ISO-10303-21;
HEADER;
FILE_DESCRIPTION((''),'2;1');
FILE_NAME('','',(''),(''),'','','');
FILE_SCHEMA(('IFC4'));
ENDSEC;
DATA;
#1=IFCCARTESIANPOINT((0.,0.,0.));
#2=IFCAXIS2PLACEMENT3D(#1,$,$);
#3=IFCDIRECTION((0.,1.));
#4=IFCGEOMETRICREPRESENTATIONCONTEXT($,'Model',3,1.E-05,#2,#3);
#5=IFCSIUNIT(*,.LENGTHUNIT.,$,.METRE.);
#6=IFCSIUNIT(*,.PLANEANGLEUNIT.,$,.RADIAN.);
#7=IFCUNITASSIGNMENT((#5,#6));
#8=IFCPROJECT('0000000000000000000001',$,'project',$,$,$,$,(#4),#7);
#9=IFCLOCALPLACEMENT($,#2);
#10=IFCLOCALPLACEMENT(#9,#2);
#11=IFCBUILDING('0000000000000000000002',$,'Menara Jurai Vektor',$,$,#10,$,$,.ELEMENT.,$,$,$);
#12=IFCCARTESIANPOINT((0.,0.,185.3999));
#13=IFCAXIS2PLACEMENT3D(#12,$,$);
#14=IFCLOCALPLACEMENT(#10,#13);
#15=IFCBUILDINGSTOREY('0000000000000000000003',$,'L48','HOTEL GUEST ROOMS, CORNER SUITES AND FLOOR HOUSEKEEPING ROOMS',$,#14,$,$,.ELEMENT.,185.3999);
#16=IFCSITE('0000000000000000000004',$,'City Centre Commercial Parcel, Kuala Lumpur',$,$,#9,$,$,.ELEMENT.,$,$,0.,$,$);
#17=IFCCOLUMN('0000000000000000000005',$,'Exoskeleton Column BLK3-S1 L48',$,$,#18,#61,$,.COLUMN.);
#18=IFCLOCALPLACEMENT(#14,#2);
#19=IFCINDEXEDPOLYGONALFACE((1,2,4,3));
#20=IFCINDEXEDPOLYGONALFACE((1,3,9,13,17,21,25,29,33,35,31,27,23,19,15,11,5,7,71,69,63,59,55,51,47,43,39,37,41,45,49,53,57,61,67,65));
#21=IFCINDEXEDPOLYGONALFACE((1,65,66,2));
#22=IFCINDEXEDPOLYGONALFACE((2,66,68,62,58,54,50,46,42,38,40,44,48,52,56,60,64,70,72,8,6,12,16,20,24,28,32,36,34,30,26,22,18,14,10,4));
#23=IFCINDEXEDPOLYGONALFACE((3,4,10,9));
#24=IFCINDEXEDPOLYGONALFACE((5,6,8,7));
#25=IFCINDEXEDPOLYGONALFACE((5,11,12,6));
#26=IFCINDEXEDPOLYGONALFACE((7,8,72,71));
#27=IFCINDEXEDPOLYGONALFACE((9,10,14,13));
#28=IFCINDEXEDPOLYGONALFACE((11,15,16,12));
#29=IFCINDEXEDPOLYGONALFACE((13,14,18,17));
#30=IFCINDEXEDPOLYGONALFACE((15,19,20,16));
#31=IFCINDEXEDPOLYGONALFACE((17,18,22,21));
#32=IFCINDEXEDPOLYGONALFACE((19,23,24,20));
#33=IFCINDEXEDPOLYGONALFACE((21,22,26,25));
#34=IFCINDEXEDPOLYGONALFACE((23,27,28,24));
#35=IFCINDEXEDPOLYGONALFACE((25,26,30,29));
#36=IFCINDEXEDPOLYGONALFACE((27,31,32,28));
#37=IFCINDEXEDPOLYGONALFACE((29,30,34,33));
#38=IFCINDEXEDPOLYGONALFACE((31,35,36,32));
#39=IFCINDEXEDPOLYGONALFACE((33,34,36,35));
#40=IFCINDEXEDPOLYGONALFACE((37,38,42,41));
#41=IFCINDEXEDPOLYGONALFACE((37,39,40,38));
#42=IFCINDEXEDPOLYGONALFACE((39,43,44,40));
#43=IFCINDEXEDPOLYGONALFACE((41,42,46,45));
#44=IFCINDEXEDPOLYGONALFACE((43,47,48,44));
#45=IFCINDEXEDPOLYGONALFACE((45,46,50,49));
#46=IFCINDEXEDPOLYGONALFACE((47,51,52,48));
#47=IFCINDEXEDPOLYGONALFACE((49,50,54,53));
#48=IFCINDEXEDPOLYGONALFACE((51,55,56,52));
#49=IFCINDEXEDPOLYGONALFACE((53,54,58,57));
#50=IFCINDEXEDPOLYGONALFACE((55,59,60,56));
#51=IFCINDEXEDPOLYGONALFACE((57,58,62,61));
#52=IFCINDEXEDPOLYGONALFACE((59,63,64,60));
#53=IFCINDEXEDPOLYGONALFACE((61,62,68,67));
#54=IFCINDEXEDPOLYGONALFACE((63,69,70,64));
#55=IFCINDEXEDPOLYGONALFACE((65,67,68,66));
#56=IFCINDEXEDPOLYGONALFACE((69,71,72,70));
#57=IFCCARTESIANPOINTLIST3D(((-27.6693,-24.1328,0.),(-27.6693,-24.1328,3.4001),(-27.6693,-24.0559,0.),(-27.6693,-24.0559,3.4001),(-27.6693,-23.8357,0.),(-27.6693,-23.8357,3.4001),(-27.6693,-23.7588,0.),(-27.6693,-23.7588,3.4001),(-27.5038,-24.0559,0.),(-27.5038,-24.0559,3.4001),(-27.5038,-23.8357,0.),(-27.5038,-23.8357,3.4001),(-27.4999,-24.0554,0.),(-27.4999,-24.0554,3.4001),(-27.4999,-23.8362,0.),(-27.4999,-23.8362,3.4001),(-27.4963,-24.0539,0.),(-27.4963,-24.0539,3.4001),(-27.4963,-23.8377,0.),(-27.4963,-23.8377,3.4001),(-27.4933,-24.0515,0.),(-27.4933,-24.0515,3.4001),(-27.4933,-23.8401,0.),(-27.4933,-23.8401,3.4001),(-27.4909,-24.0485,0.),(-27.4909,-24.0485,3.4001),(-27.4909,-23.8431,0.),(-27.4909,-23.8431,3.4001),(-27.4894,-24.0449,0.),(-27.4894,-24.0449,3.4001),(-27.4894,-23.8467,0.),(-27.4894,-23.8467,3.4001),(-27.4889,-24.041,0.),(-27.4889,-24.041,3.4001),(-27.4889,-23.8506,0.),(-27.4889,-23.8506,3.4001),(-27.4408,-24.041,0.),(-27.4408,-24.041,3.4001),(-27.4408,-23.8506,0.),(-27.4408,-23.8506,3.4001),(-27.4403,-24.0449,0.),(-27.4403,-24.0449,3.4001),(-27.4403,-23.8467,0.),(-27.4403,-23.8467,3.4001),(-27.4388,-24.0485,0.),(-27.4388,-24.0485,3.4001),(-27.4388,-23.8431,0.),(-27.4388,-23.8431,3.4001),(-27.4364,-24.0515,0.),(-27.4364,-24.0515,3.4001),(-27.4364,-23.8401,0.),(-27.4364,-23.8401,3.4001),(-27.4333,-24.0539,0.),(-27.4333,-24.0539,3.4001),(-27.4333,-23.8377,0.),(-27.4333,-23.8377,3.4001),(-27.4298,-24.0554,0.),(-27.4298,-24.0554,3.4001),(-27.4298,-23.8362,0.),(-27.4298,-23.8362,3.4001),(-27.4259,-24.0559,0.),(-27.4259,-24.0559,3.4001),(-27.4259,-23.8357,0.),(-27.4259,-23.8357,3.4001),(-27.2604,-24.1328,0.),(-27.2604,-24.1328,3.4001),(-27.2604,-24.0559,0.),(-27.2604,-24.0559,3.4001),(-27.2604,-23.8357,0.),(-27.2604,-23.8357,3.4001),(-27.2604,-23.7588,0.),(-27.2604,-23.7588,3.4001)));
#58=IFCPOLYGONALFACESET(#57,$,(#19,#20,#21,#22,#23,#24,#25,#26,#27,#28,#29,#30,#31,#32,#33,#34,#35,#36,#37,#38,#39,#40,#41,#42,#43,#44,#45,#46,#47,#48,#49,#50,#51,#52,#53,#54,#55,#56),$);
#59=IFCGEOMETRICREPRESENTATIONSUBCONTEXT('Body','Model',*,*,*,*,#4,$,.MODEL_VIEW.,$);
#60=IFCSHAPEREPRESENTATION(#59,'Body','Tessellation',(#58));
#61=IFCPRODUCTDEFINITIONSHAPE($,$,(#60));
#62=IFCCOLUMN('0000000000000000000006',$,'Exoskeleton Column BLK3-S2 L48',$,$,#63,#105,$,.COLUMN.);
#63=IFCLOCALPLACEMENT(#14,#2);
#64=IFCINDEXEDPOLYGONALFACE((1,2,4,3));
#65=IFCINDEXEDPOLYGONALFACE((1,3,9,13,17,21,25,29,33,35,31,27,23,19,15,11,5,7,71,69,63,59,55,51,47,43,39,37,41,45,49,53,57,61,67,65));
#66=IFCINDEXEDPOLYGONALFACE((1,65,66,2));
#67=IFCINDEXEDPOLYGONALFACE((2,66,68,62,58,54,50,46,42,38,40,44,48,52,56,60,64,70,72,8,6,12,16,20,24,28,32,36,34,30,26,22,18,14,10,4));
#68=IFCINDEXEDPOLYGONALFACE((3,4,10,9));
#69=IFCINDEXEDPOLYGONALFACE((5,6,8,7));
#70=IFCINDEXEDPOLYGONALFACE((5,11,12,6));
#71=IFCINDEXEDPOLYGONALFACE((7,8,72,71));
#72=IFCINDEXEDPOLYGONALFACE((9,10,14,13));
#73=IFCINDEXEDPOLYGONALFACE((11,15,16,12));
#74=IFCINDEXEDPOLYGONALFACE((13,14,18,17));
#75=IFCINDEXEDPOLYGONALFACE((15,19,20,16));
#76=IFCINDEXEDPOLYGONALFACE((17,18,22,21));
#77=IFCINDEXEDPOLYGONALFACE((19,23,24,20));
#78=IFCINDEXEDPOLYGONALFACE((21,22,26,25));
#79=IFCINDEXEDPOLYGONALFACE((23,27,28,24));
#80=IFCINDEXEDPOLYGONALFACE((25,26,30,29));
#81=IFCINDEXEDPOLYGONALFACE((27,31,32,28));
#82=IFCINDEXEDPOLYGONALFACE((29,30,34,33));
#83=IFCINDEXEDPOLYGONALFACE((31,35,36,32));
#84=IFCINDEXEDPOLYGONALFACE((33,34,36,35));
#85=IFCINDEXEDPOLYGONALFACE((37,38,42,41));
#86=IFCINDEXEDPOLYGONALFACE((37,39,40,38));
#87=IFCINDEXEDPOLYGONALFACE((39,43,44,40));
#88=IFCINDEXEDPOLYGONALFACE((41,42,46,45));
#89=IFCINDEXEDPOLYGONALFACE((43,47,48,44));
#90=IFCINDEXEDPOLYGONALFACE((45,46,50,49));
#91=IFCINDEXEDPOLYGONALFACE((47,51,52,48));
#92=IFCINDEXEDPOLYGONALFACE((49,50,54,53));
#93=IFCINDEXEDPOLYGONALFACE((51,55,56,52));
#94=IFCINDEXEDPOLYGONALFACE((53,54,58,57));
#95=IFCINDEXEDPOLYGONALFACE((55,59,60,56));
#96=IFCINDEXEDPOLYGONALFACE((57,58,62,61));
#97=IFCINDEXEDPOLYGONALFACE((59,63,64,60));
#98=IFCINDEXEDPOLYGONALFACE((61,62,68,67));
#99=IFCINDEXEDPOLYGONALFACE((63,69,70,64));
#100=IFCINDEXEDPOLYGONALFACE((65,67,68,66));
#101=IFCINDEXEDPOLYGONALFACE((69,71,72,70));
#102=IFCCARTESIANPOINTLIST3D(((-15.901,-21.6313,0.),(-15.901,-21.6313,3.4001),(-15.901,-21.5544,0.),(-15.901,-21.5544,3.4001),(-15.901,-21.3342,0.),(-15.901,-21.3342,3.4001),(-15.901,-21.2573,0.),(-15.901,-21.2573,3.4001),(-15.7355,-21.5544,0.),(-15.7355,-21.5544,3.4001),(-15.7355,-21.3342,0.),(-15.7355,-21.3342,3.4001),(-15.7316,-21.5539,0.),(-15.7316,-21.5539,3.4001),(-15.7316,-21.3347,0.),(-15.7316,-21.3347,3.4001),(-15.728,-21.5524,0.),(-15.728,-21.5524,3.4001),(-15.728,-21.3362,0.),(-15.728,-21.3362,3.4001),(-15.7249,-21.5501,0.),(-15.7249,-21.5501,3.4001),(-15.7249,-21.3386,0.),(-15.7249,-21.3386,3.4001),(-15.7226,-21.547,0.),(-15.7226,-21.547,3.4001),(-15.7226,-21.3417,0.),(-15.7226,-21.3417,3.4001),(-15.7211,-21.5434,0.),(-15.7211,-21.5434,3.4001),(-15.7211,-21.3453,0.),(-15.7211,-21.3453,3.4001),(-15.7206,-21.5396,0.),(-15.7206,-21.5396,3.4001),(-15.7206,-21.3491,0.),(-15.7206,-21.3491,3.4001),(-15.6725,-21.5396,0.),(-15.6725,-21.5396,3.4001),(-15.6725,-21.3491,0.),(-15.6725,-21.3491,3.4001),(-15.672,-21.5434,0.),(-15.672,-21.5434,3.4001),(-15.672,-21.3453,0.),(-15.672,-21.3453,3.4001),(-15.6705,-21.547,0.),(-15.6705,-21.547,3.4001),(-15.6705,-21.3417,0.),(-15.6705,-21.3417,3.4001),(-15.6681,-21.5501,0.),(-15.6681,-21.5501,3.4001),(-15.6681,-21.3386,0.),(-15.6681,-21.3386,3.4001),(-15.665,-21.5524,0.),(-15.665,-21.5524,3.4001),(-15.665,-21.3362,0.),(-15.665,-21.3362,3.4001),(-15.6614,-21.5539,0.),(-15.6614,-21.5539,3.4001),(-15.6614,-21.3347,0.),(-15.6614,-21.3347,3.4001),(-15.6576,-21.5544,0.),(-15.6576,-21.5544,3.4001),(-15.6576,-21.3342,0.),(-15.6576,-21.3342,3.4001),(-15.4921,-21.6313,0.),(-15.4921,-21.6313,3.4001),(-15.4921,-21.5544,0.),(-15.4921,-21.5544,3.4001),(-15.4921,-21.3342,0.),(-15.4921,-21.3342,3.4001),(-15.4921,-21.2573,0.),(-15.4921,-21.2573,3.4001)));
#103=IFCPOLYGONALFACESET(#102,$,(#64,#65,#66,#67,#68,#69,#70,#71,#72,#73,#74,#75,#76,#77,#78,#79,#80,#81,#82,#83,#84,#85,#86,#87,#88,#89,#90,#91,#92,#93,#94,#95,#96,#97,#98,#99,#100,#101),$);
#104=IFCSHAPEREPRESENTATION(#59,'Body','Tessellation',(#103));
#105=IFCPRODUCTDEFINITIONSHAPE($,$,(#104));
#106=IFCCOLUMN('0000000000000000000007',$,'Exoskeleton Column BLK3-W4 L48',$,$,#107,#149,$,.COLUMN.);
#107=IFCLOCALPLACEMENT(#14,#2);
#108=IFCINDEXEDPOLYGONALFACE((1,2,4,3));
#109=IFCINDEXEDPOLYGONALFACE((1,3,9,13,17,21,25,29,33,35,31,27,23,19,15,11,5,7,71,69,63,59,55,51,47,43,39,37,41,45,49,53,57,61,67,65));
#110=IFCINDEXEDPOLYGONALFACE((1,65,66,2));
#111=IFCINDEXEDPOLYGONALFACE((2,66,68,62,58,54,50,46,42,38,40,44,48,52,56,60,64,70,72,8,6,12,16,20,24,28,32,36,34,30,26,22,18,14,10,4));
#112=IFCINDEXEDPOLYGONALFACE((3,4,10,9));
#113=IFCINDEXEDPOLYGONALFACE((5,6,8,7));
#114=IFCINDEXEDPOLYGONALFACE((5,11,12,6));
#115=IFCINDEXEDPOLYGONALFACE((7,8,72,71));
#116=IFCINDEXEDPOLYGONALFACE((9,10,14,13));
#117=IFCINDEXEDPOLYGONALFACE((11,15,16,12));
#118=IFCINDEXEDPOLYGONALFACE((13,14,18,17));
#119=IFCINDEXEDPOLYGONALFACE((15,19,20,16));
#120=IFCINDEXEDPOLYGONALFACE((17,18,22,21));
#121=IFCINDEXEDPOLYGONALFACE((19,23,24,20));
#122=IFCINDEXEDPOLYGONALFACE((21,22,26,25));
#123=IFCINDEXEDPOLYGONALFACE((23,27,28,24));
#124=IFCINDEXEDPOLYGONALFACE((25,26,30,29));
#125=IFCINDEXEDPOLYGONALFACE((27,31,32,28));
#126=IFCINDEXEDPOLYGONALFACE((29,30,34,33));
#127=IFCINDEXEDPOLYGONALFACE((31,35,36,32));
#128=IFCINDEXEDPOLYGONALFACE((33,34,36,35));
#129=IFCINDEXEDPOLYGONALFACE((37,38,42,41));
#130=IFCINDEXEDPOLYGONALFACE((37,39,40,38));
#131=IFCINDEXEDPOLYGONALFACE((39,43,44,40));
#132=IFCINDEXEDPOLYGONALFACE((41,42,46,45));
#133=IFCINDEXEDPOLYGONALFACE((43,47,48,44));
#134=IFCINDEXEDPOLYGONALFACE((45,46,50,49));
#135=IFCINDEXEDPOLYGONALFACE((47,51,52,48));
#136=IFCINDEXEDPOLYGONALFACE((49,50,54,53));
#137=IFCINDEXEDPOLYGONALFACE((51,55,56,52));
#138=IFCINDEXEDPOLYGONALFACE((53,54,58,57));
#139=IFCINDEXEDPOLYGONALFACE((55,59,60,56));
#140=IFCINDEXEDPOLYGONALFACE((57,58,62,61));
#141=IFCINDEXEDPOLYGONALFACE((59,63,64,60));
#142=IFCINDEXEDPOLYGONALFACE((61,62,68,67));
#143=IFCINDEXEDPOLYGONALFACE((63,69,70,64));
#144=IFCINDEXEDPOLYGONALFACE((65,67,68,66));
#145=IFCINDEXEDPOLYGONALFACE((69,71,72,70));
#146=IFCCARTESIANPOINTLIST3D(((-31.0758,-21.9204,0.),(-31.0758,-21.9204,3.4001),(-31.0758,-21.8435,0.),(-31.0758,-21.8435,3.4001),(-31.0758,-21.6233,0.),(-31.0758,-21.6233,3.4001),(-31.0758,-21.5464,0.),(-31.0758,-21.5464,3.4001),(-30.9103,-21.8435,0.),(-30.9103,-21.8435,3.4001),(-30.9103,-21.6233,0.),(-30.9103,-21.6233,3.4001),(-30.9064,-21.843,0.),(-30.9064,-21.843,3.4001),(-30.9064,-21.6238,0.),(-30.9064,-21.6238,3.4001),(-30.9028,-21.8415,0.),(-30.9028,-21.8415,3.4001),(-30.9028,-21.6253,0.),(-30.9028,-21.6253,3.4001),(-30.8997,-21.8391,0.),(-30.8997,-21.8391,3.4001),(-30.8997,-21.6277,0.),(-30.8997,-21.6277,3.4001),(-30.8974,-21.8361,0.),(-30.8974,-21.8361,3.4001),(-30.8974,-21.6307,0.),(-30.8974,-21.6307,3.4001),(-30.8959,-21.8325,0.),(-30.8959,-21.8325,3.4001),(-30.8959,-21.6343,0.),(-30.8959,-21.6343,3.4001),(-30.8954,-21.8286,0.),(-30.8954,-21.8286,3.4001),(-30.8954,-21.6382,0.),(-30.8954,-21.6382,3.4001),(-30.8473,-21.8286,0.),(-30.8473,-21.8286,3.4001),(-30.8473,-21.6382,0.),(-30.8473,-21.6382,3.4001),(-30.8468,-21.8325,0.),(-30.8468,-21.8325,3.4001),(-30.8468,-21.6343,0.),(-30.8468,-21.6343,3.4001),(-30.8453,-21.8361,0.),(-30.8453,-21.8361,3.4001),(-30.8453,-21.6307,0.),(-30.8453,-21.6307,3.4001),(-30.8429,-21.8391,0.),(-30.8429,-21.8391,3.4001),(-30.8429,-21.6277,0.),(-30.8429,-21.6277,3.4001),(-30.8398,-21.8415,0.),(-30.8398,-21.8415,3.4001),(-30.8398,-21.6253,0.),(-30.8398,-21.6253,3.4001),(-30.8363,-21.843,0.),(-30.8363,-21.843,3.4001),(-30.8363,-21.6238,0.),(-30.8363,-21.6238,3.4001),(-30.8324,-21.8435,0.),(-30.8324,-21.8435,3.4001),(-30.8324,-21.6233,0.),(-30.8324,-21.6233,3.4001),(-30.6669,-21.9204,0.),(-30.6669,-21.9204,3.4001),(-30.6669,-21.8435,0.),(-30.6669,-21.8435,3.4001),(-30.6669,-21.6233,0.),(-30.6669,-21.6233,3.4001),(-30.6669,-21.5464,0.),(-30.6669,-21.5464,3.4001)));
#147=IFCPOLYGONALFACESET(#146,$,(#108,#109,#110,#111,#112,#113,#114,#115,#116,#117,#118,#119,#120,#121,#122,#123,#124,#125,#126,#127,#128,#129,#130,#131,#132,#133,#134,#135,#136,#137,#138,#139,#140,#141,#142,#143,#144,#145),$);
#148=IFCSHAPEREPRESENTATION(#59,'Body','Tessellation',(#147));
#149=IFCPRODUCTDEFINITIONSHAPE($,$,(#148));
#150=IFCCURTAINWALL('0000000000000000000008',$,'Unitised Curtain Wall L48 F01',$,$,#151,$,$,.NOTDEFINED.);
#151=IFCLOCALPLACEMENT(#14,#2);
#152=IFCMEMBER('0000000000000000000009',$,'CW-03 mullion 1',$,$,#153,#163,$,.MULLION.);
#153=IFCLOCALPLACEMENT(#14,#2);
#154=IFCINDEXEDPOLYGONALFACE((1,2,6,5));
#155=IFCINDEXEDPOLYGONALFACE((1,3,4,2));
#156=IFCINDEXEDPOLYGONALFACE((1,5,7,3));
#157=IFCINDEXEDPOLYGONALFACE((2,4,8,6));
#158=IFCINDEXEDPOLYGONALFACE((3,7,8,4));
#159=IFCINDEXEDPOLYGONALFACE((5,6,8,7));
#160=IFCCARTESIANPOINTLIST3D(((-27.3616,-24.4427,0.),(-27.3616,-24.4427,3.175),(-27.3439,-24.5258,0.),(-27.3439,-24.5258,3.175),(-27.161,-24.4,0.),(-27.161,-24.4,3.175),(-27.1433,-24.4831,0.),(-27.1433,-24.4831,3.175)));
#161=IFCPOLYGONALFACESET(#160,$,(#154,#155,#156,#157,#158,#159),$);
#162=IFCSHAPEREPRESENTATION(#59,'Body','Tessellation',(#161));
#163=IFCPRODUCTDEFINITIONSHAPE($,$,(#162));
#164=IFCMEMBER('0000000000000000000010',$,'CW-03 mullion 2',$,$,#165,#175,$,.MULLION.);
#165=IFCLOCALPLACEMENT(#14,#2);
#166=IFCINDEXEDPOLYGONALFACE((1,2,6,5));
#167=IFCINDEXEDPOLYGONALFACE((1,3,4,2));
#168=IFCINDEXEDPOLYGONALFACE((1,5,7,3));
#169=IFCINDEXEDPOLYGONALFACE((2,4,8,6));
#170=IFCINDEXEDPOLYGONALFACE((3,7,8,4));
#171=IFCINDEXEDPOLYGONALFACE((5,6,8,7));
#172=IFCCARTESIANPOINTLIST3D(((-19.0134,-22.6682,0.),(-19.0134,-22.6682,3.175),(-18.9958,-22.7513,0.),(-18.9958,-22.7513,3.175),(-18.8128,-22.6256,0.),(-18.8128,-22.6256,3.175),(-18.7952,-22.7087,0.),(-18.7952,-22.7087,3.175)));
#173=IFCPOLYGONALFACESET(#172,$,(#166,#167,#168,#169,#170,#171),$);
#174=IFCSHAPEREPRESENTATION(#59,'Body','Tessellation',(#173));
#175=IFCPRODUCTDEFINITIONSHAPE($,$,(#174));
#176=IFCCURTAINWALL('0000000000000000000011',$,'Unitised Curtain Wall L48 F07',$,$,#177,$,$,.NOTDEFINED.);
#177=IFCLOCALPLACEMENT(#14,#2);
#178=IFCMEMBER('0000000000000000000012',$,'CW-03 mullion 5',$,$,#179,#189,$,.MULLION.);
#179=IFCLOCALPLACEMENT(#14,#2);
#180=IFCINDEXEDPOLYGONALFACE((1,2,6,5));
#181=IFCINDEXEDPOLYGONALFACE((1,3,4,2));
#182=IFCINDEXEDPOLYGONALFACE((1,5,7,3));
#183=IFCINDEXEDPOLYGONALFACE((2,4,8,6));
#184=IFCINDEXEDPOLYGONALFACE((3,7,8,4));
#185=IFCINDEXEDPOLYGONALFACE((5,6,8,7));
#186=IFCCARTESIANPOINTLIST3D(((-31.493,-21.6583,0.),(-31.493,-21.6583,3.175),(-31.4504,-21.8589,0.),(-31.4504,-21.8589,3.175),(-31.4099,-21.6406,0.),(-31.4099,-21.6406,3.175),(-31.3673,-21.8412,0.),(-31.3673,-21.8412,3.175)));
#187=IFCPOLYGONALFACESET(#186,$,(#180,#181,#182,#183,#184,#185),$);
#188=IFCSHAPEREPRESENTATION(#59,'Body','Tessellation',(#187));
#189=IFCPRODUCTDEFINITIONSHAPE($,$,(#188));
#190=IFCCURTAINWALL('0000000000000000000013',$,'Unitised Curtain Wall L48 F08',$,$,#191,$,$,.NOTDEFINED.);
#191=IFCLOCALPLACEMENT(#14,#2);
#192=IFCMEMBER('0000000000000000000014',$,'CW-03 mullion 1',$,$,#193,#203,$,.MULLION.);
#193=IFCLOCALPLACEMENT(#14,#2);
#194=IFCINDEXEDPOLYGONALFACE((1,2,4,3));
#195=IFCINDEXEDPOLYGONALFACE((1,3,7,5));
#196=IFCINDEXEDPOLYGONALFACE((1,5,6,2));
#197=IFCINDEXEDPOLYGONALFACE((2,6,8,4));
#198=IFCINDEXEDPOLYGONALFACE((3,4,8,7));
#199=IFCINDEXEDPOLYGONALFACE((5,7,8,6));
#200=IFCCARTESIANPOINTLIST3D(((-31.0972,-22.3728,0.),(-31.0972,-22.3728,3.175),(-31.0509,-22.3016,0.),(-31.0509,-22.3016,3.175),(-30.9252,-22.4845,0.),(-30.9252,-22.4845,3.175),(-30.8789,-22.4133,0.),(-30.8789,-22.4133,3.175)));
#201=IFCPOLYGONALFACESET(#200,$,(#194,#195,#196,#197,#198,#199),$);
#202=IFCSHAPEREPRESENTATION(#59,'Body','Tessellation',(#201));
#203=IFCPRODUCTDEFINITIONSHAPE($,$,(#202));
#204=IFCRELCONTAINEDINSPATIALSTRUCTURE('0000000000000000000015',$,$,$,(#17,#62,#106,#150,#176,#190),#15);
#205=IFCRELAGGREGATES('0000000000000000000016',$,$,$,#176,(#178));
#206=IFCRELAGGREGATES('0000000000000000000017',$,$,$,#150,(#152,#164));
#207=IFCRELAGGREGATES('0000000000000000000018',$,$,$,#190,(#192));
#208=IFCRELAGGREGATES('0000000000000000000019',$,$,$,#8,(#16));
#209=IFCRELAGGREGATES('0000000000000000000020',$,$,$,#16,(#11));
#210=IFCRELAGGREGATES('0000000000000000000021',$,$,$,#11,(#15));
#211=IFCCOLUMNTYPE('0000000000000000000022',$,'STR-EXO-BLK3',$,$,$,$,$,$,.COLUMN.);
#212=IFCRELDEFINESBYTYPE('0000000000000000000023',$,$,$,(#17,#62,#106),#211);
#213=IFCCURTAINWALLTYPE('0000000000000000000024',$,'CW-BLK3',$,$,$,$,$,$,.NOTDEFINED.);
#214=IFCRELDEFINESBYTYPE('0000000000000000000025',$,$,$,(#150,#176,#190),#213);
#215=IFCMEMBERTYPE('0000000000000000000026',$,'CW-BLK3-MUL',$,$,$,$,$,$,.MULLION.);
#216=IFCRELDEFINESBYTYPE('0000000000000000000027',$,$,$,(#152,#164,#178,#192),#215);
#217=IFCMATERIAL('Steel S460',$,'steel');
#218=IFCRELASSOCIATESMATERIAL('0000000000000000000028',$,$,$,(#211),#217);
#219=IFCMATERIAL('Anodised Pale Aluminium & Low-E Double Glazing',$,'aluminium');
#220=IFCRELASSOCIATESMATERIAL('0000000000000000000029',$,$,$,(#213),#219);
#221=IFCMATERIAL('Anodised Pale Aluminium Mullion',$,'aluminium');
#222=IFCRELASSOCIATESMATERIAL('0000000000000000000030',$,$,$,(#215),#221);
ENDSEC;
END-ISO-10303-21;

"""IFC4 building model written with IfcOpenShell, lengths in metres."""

from ifc_helpers import new_model, si_unit, direction, frame, origin, origin_2d, place, context, subcontext, project, spatial, rectangle, i_section, extrude, material, material_profile, profile_set, type_object, element, aggregate, save


model = new_model("IFC4")

# Units and contexts
model_context = context("Model", 3, precision=1e-05, world=origin(), true_north=direction((0.0, 1.0)))
body_context = subcontext(model_context, "Body", "Model", "MODEL_VIEW")
ifc_project = project(units=[si_unit("LENGTHUNIT", "METRE"), si_unit("PLANEANGLEUNIT", "RADIAN")], contexts=[model_context])

# Site, building, storey
site_placement = place(None, origin())
site = spatial("IfcSite", under=ifc_project, at=site_placement, Name="City Centre Commercial Parcel, Kuala Lumpur", CompositionType="ELEMENT", RefElevation=0.0)
building_placement = place(site_placement, origin())
building = spatial("IfcBuilding", under=site, at=building_placement, Name="Menara Jurai Vektor", CompositionType="ELEMENT")
storey_placement = place(building_placement, frame((0.0, 0.0, 185.3999)))
storey = spatial("IfcBuildingStorey", under=building, at=storey_placement, Name="L48", Description="HOTEL GUEST ROOMS, CORNER SUITES AND FLOOR HOUSEKEEPING ROOMS", CompositionType="ELEMENT", Elevation=185.3999)

# Columns
ifc_material_1 = material(Name="Steel S460", Category="steel")
ifc_material_profile_1 = material_profile(ifc_material_1, i_section(OverallWidth=0.4089, OverallDepth=0.374, WebThickness=0.0481, FlangeThickness=0.0769, FilletRadius=0.0149, at=origin_2d()), Name="HD 400x634")
ifc_profile_set_1 = profile_set([ifc_material_profile_1], Name="Steel S460")
column_type = type_object("IfcColumnType", Name="STR-EXO-BLK3", PredefinedType="COLUMN", material=ifc_profile_set_1)
for number, where, z_axis, x_axis, name in (
    (1, (-27.4648, -23.9458, 0.0), (0.0, 0.0, 1.0), (1.0, 0.0, 0.0), "Exoskeleton Column BLK3-S1 L48"),
    (2, (-15.6965, -21.4443, 0.0), (0.0, 0.0, 1.0), (1.0, 0.0, 0.0), "Exoskeleton Column BLK3-S2 L48"),
    (3, (-30.8713, -21.7334, 0.0), (0.0, 0.0, 1.0), (1.0, 0.0, 0.0), "Exoskeleton Column BLK3-W4 L48"),
):
    element("IfcColumn", number, at=place(storey_placement, frame(where, z_axis=z_axis, x_axis=x_axis)), inside=storey, type_object=column_type, Name=name, PredefinedType="COLUMN", context=body_context, shape_type="SweptSolid", body=[
        extrude(i_section(OverallWidth=0.4089, OverallDepth=0.374, WebThickness=0.0481, FlangeThickness=0.0769, FilletRadius=0.0149, at=origin_2d()), origin(), (0.0, 0.0, 1.0), 3.4001),
    ])

# Curtain wall, members
ifc_material_2 = material(Name="Anodised Pale Aluminium & Low-E Double Glazing", Category="aluminium")
curtain_wall_type = type_object("IfcCurtainWallType", Name="CW-BLK3", PredefinedType="NOTDEFINED", material=ifc_material_2)
curtain_wall_1_placement = place(storey_placement, origin())
curtain_wall_1 = element("IfcCurtainWall", 4, at=curtain_wall_1_placement, inside=storey, type_object=curtain_wall_type, Name="Unitised Curtain Wall L48 F01", PredefinedType="NOTDEFINED")
ifc_material_3 = material(Name="Anodised Pale Aluminium Mullion", Category="aluminium")
ifc_material_profile_2 = material_profile(ifc_material_3, rectangle(XDim=0.085, YDim=0.2051, at=origin_2d()), Name="ALU MUL 85x205")
ifc_profile_set_2 = profile_set([ifc_material_profile_2], Name="Anodised Pale Aluminium Mullion")
member_type_1 = type_object("IfcMemberType", Name="CW-BLK3-MUL", PredefinedType="MULLION", material=ifc_profile_set_2)
member_1_placement = place(storey_placement, frame((-27.2524, -24.4629, 0.0), z_axis=(0.0, 0.0, 1.0), x_axis=(-0.207911, 0.978148, 0.0)))
member_1 = element("IfcMember", 5, at=member_1_placement, type_object=member_type_1, Name="CW-03 mullion 1", PredefinedType="MULLION", context=body_context, shape_type="SweptSolid", body=[
    extrude(rectangle(XDim=0.085, YDim=0.2051, at=origin_2d()), origin(), (0.0, 0.0, 1.0), 3.175),
])
member_2_placement = place(storey_placement, frame((-18.9043, -22.6885, 0.0), z_axis=(0.0, 0.0, 1.0), x_axis=(-0.207911, 0.978148, 0.0)))
member_2 = element("IfcMember", 6, at=member_2_placement, type_object=member_type_1, Name="CW-03 mullion 2", PredefinedType="MULLION", context=body_context, shape_type="SweptSolid", body=[
    extrude(rectangle(XDim=0.085, YDim=0.2051, at=origin_2d()), origin(), (0.0, 0.0, 1.0), 3.175),
])

# Curtain wall, member
curtain_wall_2_placement = place(storey_placement, origin())
curtain_wall_2 = element("IfcCurtainWall", 7, at=curtain_wall_2_placement, inside=storey, type_object=curtain_wall_type, Name="Unitised Curtain Wall L48 F07", PredefinedType="NOTDEFINED")
member_3_placement = place(storey_placement, frame((-31.4302, -21.7498, 0.0), z_axis=(0.0, 0.0, 1.0), x_axis=(0.978148, 0.20791, 0.0)))
member_3 = element("IfcMember", 8, at=member_3_placement, type_object=member_type_1, Name="CW-03 mullion 5", PredefinedType="MULLION", context=body_context, shape_type="SweptSolid", body=[
    extrude(rectangle(XDim=0.085, YDim=0.2051, at=origin_2d()), origin(), (0.0, 0.0, 1.0), 3.175),
])
aggregate(curtain_wall_2, [member_3])

# Curtain wall, member
curtain_wall_3_placement = place(storey_placement, origin())
curtain_wall_3 = element("IfcCurtainWall", 9, at=curtain_wall_3_placement, inside=storey, type_object=curtain_wall_type, Name="Unitised Curtain Wall L48 F08", PredefinedType="NOTDEFINED")
member_4_placement = place(storey_placement, frame((-30.988, -22.3931, 0.0), z_axis=(0.0, 0.0, 1.0), x_axis=(0.544618, 0.838684, 0.0)))
member_4 = element("IfcMember", 10, at=member_4_placement, type_object=member_type_1, Name="CW-03 mullion 1", PredefinedType="MULLION", context=body_context, shape_type="SweptSolid", body=[
    extrude(rectangle(XDim=0.085, YDim=0.2051, at=origin_2d()), origin(), (0.0, 0.0, 1.0), 3.175),
])

aggregate(curtain_wall_1, [member_1, member_2])
aggregate(curtain_wall_3, [member_4])

save(model, "model.ifc")
